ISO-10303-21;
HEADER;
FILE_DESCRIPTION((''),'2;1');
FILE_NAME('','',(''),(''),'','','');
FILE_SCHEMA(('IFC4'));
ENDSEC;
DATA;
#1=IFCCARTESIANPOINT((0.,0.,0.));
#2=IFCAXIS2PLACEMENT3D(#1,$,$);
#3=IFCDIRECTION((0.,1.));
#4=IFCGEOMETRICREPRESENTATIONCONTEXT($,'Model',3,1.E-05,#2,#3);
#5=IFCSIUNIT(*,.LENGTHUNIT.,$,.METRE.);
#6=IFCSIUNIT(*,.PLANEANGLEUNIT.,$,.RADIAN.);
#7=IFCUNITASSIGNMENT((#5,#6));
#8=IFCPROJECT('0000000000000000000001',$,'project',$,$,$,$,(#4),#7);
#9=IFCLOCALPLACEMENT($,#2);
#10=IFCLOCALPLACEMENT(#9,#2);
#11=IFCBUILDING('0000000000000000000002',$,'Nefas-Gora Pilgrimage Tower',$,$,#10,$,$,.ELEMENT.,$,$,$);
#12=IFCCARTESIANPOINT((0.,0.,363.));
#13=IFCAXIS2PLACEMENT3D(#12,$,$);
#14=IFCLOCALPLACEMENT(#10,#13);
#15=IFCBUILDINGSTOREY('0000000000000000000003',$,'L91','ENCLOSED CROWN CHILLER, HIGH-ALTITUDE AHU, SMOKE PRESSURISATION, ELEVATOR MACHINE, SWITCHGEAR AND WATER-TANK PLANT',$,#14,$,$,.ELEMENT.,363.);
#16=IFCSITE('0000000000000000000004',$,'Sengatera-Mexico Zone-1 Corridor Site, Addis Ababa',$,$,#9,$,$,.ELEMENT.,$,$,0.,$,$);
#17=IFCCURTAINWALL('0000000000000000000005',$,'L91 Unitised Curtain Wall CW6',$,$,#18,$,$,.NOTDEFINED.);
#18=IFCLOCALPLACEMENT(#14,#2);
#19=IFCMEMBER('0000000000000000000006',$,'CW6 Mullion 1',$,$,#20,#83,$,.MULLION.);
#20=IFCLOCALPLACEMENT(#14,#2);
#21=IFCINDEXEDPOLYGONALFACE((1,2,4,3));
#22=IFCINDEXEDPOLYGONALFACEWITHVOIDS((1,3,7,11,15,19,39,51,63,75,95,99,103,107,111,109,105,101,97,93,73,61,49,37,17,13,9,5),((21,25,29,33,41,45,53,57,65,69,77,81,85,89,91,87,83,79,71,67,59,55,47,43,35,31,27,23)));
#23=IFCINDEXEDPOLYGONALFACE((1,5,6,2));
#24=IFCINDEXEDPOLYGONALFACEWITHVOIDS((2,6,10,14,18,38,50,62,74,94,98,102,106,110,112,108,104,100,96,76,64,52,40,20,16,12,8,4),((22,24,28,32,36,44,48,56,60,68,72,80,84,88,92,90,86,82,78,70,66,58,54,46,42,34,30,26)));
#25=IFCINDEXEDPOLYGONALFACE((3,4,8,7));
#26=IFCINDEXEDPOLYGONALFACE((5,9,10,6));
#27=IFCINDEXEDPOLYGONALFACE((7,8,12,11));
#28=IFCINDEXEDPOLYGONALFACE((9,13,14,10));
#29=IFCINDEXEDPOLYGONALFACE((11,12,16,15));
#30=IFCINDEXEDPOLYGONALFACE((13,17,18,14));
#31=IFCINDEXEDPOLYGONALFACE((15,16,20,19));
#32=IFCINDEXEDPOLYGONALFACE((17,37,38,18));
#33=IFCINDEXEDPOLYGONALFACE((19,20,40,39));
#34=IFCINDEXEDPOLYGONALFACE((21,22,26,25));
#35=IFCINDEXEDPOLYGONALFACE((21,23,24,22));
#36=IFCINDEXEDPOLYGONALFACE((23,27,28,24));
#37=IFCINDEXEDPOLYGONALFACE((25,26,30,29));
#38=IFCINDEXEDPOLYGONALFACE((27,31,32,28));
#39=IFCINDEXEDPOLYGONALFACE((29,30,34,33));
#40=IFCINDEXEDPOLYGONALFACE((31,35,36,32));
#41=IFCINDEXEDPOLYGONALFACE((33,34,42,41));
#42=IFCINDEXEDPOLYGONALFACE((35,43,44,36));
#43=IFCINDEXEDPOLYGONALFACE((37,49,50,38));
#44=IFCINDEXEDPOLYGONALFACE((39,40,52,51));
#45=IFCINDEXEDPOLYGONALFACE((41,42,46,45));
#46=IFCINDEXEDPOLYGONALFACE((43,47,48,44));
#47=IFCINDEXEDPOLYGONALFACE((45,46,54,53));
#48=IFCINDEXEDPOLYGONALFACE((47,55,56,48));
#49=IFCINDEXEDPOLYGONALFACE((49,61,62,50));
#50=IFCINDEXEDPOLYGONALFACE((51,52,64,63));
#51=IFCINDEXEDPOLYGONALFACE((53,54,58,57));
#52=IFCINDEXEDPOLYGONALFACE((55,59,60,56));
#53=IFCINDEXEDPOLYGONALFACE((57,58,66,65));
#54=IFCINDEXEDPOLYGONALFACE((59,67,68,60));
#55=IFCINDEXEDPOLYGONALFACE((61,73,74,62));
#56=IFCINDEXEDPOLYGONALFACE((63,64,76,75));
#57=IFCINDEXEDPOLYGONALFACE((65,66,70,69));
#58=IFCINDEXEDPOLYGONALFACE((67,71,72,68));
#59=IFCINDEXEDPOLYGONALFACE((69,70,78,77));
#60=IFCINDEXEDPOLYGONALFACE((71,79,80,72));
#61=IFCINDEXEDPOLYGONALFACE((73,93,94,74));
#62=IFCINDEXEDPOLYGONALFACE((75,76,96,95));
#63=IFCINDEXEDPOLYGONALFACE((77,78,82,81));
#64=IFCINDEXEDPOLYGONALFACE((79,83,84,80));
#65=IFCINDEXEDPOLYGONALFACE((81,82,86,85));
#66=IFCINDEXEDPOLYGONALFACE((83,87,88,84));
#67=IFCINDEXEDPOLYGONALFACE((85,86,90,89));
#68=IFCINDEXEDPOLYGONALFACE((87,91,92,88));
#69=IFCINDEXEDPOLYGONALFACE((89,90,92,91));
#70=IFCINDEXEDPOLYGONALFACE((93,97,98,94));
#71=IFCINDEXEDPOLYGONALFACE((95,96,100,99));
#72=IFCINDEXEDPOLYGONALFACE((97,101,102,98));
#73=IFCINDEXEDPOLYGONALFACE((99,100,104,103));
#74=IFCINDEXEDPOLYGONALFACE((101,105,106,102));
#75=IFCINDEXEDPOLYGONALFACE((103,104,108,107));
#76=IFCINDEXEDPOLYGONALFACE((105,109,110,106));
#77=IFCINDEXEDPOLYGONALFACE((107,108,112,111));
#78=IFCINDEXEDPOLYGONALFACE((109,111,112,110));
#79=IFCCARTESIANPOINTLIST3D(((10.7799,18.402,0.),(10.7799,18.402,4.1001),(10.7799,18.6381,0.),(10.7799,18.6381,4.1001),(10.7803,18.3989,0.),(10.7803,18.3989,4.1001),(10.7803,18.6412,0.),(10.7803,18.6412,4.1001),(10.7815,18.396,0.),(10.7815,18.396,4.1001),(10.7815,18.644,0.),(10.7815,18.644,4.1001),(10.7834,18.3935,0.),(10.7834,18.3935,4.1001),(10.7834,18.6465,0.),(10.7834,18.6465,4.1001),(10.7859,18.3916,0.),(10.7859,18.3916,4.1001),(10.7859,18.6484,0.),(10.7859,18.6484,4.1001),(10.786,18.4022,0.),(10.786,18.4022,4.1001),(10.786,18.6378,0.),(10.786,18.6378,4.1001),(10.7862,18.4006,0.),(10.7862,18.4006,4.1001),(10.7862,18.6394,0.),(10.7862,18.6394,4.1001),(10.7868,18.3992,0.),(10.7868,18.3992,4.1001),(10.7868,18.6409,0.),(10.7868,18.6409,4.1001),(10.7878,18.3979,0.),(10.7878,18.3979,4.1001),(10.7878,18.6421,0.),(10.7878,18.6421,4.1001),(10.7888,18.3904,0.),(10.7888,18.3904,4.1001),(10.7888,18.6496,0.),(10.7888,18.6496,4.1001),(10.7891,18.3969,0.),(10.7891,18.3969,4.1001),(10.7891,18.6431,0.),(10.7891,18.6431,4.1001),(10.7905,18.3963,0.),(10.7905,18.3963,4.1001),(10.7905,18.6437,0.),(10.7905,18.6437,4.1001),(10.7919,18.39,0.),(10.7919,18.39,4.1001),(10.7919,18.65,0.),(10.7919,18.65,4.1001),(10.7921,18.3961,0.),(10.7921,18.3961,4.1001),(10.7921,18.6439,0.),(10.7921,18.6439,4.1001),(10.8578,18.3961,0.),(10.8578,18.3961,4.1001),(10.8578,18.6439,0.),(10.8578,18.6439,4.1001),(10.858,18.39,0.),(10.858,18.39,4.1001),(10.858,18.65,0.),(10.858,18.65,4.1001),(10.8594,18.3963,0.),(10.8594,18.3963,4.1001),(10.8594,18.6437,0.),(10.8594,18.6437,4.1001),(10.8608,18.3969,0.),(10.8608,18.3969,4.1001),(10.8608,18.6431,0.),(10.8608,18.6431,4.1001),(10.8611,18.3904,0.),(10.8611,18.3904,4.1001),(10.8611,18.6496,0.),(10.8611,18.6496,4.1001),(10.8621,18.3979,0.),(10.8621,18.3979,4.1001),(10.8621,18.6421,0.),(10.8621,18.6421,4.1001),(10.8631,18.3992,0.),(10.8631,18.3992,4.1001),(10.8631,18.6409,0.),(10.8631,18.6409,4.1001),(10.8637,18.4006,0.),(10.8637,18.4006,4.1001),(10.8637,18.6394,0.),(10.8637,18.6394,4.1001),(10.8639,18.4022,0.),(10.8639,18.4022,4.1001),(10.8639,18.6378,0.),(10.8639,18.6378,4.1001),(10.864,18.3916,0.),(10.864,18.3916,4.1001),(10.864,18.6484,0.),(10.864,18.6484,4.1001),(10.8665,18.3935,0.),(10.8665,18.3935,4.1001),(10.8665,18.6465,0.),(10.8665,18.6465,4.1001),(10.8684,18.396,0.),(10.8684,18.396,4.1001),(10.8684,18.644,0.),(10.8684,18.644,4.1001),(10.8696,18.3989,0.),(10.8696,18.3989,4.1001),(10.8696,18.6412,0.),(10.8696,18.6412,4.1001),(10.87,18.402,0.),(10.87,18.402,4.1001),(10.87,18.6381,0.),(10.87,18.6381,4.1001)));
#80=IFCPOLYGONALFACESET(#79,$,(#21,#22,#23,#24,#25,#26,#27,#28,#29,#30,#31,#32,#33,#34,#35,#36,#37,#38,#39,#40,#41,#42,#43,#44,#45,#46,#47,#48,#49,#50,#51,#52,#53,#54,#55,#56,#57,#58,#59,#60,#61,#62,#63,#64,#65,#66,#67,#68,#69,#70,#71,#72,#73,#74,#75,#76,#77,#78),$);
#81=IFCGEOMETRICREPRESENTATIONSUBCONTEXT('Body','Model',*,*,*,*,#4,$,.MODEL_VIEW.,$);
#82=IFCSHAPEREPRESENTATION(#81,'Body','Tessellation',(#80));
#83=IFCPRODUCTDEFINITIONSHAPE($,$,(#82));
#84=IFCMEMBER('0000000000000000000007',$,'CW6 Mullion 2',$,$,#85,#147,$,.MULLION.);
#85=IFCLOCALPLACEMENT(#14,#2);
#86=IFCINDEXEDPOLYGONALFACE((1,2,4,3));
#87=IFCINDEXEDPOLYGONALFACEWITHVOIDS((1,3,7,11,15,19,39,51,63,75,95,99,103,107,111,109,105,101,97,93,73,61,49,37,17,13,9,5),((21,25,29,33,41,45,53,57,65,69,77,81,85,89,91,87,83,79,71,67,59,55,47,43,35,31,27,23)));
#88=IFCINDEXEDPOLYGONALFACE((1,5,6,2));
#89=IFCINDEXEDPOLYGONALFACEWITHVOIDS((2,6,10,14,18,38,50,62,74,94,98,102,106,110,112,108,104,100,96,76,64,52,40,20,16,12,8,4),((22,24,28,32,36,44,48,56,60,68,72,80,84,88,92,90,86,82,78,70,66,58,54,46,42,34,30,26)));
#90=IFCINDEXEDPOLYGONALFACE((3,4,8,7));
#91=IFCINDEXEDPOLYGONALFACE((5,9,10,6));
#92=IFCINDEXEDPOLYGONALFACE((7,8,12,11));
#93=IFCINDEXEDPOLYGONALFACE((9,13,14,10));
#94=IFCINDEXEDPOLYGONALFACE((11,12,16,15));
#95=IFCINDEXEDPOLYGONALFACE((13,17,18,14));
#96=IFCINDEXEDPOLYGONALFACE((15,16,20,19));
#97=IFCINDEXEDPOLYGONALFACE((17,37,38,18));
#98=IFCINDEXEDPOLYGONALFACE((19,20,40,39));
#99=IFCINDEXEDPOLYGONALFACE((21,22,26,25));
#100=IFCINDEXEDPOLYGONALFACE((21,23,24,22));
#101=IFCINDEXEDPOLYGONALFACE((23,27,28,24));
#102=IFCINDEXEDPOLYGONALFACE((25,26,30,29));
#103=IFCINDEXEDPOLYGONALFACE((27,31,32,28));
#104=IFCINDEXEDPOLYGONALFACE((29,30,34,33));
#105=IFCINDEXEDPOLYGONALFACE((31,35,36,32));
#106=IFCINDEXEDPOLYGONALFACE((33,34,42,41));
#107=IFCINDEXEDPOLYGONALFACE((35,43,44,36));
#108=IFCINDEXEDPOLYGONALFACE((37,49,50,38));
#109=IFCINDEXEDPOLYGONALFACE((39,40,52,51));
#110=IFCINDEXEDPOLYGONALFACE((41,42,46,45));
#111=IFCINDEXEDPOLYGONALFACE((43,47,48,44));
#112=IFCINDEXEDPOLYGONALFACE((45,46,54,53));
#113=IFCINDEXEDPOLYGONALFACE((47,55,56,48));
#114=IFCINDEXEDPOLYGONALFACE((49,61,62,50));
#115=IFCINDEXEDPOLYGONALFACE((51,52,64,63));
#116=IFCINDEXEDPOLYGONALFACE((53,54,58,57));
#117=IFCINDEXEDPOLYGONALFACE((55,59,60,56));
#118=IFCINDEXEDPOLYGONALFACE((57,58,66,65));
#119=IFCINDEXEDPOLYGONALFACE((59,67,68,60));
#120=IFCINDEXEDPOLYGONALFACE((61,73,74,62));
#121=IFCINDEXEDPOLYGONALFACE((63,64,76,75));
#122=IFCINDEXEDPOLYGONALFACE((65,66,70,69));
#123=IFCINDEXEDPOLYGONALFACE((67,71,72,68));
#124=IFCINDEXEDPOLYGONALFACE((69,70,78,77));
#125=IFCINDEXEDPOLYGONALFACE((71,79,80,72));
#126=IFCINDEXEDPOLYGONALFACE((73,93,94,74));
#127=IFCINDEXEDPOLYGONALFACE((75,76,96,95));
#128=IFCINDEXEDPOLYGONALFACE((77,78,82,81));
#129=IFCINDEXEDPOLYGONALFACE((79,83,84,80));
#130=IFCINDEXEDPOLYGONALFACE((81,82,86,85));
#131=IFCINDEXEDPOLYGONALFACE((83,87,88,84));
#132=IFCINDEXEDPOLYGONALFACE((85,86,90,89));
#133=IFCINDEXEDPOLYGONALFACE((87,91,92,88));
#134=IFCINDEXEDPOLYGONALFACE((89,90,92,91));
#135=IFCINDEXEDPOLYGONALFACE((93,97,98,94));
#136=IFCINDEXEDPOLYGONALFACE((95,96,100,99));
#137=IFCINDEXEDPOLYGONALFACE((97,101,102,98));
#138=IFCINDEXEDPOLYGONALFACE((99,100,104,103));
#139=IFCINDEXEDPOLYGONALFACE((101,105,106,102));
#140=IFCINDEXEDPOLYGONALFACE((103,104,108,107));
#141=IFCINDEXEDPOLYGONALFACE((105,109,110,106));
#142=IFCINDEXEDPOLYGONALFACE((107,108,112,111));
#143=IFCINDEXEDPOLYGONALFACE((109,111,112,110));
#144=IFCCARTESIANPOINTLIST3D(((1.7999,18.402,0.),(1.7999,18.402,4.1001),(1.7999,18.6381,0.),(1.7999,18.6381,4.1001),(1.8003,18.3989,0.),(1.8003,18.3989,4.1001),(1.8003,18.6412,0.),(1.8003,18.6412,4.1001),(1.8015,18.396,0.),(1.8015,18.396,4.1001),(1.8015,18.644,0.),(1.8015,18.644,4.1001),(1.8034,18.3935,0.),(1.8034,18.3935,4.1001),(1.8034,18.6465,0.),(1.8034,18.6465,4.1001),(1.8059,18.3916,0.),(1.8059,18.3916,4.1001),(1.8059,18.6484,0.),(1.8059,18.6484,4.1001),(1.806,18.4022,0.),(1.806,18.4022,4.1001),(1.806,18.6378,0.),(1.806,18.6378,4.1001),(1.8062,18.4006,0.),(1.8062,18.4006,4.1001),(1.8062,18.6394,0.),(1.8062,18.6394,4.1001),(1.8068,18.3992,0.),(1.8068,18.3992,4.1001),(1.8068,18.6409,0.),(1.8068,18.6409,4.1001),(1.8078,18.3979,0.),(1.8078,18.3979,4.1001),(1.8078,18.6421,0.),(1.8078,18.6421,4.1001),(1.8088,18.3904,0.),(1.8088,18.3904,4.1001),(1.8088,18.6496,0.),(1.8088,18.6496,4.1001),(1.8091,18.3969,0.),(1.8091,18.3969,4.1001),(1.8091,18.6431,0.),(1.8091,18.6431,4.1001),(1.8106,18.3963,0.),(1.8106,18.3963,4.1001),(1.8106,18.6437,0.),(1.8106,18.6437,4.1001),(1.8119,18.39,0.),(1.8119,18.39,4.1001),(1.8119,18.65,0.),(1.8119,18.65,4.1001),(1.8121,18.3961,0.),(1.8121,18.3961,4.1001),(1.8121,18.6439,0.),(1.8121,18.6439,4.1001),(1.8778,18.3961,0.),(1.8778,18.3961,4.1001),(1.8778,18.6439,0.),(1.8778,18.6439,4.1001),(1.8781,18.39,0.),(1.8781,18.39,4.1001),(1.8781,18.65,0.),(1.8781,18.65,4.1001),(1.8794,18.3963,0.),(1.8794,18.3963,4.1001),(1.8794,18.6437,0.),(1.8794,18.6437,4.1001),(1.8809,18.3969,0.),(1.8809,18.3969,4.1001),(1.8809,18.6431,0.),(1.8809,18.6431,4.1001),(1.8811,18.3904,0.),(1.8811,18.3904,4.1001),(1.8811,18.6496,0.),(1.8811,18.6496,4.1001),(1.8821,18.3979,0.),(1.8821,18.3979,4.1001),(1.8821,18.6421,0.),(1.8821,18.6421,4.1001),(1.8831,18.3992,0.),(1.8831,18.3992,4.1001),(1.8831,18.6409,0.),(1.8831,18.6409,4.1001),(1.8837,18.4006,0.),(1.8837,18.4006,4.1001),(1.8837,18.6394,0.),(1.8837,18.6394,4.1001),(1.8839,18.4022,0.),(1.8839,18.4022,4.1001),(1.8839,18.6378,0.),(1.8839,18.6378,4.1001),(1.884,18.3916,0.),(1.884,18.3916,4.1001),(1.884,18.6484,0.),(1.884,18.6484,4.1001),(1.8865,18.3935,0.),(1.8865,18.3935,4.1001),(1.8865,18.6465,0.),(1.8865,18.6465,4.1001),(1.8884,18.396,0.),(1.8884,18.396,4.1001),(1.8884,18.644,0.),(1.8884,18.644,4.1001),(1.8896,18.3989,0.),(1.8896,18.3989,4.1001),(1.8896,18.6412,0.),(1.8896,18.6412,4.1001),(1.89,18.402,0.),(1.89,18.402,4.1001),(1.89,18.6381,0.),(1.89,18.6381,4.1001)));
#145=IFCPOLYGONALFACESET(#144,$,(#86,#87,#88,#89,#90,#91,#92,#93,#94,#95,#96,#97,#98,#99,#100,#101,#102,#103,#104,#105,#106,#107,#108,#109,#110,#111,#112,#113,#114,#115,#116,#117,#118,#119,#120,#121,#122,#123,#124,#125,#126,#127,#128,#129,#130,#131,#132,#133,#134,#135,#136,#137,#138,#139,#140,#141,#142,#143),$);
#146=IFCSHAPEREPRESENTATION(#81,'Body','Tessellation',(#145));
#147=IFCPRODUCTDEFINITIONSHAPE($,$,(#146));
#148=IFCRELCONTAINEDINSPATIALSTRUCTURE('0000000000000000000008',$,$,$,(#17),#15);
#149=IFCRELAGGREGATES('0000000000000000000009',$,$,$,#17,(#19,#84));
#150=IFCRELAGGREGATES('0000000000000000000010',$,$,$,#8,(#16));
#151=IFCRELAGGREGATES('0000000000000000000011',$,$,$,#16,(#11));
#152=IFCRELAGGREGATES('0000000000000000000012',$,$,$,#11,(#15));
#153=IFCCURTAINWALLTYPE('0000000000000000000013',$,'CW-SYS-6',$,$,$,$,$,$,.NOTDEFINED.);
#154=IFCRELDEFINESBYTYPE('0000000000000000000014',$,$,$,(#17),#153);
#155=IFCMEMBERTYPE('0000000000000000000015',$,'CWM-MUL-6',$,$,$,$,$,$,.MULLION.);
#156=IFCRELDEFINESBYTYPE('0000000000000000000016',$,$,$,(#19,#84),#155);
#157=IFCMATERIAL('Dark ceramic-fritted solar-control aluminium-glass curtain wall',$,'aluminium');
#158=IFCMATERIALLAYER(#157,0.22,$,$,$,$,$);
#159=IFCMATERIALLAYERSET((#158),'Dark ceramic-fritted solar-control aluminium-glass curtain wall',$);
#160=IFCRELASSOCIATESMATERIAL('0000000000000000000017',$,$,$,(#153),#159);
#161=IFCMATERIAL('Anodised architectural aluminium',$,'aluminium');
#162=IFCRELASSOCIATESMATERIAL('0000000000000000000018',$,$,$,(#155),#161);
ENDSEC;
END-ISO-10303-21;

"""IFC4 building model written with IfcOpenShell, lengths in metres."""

from ifc_helpers import new_model, si_unit, direction, frame, origin, origin_2d, place, context, subcontext, project, spatial, hollow_rectangle, extrude, source, transform, mapped, material, layer, layer_set, material_profile, profile_set, type_object, element, aggregate, save


model = new_model("IFC4")

# Units and contexts
model_context = context("Model", 3, precision=1e-05, world=origin(), true_north=direction((0.0, 1.0)))
body_context = subcontext(model_context, "Body", "Model", "MODEL_VIEW")
ifc_project = project(units=[si_unit("LENGTHUNIT", "METRE"), si_unit("PLANEANGLEUNIT", "RADIAN")], contexts=[model_context])

# Site, building, storey
site_placement = place(None, origin())
site = spatial("IfcSite", under=ifc_project, at=site_placement, Name="Sengatera-Mexico Zone-1 Corridor Site, Addis Ababa", CompositionType="ELEMENT", RefElevation=0.0)
building_placement = place(site_placement, origin())
building = spatial("IfcBuilding", under=site, at=building_placement, Name="Nefas-Gora Pilgrimage Tower", CompositionType="ELEMENT")
storey_placement = place(building_placement, frame((0.0, 0.0, 363.0)))
storey = spatial("IfcBuildingStorey", under=building, at=storey_placement, Name="L91", Description="ENCLOSED CROWN CHILLER, HIGH-ALTITUDE AHU, SMOKE PRESSURISATION, ELEVATOR MACHINE, SWITCHGEAR AND WATER-TANK PLANT", CompositionType="ELEMENT", Elevation=363.0)

# Curtain wall, members
ifc_material_1 = material(Name="Dark ceramic-fritted solar-control aluminium-glass curtain wall", Category="aluminium")
ifc_layer_1 = layer(ifc_material_1, 0.22)
ifc_layer_set_1 = layer_set([ifc_layer_1], Name="Dark ceramic-fritted solar-control aluminium-glass curtain wall")
curtain_wall_type = type_object("IfcCurtainWallType", Name="CW-SYS-6", PredefinedType="NOTDEFINED", material=ifc_layer_set_1)
curtain_wall_1_placement = place(storey_placement, origin())
curtain_wall_1 = element("IfcCurtainWall", 1, at=curtain_wall_1_placement, inside=storey, type_object=curtain_wall_type, Name="L91 Unitised Curtain Wall CW6", PredefinedType="NOTDEFINED")
ifc_material_2 = material(Name="Anodised architectural aluminium", Category="aluminium")
ifc_material_profile_1 = material_profile(ifc_material_2, hollow_rectangle(XDim=0.0901, YDim=0.26, WallThickness=0.0061, InnerFilletRadius=0.0061, OuterFilletRadius=0.012, at=origin_2d()), Name="ALU MULLION 90x260")
ifc_profile_set_1 = profile_set([ifc_material_profile_1], Name="Anodised architectural aluminium")
member_type_1 = type_object("IfcMemberType", Name="CWM-MUL-6", PredefinedType="MULLION", material=ifc_profile_set_1)
shared_shape_1 = source(origin(), body_context, "Body", "SweptSolid", [
    extrude(hollow_rectangle(XDim=0.0901, YDim=0.26, WallThickness=0.0061, InnerFilletRadius=0.0061, OuterFilletRadius=0.012, at=origin_2d()), origin(), (0.0, 0.0, 1.0), 4.1001),
])
member_1_placement = place(storey_placement, frame((10.825, 18.52, 0.0), z_axis=(0.0, 0.0, 1.0), x_axis=(-1.0, 0.0, 0.0)))
member_1 = element("IfcMember", 2, at=member_1_placement, type_object=member_type_1, Name="CW6 Mullion 1", PredefinedType="MULLION", context=body_context, shape_type="MappedRepresentation", body=[
    mapped(shared_shape_1, transform((0.0, 0.0, 0.0), x_axis=(1.0, 0.0, 0.0), y_axis=(0.0, 1.0, 0.0), z_axis=(0.0, 0.0, 1.0), scale=1.0)),
])
member_2_placement = place(storey_placement, frame((1.845, 18.52, 0.0), z_axis=(0.0, 0.0, 1.0), x_axis=(-1.0, 0.0, 0.0)))
member_2 = element("IfcMember", 3, at=member_2_placement, type_object=member_type_1, Name="CW6 Mullion 2", PredefinedType="MULLION", context=body_context, shape_type="MappedRepresentation", body=[
    mapped(shared_shape_1, transform((0.0, 0.0, 0.0), x_axis=(1.0, 0.0, 0.0), y_axis=(0.0, 1.0, 0.0), z_axis=(0.0, 0.0, 1.0), scale=1.0)),
])

aggregate(curtain_wall_1, [member_1, member_2])

save(model, "model.ifc")
